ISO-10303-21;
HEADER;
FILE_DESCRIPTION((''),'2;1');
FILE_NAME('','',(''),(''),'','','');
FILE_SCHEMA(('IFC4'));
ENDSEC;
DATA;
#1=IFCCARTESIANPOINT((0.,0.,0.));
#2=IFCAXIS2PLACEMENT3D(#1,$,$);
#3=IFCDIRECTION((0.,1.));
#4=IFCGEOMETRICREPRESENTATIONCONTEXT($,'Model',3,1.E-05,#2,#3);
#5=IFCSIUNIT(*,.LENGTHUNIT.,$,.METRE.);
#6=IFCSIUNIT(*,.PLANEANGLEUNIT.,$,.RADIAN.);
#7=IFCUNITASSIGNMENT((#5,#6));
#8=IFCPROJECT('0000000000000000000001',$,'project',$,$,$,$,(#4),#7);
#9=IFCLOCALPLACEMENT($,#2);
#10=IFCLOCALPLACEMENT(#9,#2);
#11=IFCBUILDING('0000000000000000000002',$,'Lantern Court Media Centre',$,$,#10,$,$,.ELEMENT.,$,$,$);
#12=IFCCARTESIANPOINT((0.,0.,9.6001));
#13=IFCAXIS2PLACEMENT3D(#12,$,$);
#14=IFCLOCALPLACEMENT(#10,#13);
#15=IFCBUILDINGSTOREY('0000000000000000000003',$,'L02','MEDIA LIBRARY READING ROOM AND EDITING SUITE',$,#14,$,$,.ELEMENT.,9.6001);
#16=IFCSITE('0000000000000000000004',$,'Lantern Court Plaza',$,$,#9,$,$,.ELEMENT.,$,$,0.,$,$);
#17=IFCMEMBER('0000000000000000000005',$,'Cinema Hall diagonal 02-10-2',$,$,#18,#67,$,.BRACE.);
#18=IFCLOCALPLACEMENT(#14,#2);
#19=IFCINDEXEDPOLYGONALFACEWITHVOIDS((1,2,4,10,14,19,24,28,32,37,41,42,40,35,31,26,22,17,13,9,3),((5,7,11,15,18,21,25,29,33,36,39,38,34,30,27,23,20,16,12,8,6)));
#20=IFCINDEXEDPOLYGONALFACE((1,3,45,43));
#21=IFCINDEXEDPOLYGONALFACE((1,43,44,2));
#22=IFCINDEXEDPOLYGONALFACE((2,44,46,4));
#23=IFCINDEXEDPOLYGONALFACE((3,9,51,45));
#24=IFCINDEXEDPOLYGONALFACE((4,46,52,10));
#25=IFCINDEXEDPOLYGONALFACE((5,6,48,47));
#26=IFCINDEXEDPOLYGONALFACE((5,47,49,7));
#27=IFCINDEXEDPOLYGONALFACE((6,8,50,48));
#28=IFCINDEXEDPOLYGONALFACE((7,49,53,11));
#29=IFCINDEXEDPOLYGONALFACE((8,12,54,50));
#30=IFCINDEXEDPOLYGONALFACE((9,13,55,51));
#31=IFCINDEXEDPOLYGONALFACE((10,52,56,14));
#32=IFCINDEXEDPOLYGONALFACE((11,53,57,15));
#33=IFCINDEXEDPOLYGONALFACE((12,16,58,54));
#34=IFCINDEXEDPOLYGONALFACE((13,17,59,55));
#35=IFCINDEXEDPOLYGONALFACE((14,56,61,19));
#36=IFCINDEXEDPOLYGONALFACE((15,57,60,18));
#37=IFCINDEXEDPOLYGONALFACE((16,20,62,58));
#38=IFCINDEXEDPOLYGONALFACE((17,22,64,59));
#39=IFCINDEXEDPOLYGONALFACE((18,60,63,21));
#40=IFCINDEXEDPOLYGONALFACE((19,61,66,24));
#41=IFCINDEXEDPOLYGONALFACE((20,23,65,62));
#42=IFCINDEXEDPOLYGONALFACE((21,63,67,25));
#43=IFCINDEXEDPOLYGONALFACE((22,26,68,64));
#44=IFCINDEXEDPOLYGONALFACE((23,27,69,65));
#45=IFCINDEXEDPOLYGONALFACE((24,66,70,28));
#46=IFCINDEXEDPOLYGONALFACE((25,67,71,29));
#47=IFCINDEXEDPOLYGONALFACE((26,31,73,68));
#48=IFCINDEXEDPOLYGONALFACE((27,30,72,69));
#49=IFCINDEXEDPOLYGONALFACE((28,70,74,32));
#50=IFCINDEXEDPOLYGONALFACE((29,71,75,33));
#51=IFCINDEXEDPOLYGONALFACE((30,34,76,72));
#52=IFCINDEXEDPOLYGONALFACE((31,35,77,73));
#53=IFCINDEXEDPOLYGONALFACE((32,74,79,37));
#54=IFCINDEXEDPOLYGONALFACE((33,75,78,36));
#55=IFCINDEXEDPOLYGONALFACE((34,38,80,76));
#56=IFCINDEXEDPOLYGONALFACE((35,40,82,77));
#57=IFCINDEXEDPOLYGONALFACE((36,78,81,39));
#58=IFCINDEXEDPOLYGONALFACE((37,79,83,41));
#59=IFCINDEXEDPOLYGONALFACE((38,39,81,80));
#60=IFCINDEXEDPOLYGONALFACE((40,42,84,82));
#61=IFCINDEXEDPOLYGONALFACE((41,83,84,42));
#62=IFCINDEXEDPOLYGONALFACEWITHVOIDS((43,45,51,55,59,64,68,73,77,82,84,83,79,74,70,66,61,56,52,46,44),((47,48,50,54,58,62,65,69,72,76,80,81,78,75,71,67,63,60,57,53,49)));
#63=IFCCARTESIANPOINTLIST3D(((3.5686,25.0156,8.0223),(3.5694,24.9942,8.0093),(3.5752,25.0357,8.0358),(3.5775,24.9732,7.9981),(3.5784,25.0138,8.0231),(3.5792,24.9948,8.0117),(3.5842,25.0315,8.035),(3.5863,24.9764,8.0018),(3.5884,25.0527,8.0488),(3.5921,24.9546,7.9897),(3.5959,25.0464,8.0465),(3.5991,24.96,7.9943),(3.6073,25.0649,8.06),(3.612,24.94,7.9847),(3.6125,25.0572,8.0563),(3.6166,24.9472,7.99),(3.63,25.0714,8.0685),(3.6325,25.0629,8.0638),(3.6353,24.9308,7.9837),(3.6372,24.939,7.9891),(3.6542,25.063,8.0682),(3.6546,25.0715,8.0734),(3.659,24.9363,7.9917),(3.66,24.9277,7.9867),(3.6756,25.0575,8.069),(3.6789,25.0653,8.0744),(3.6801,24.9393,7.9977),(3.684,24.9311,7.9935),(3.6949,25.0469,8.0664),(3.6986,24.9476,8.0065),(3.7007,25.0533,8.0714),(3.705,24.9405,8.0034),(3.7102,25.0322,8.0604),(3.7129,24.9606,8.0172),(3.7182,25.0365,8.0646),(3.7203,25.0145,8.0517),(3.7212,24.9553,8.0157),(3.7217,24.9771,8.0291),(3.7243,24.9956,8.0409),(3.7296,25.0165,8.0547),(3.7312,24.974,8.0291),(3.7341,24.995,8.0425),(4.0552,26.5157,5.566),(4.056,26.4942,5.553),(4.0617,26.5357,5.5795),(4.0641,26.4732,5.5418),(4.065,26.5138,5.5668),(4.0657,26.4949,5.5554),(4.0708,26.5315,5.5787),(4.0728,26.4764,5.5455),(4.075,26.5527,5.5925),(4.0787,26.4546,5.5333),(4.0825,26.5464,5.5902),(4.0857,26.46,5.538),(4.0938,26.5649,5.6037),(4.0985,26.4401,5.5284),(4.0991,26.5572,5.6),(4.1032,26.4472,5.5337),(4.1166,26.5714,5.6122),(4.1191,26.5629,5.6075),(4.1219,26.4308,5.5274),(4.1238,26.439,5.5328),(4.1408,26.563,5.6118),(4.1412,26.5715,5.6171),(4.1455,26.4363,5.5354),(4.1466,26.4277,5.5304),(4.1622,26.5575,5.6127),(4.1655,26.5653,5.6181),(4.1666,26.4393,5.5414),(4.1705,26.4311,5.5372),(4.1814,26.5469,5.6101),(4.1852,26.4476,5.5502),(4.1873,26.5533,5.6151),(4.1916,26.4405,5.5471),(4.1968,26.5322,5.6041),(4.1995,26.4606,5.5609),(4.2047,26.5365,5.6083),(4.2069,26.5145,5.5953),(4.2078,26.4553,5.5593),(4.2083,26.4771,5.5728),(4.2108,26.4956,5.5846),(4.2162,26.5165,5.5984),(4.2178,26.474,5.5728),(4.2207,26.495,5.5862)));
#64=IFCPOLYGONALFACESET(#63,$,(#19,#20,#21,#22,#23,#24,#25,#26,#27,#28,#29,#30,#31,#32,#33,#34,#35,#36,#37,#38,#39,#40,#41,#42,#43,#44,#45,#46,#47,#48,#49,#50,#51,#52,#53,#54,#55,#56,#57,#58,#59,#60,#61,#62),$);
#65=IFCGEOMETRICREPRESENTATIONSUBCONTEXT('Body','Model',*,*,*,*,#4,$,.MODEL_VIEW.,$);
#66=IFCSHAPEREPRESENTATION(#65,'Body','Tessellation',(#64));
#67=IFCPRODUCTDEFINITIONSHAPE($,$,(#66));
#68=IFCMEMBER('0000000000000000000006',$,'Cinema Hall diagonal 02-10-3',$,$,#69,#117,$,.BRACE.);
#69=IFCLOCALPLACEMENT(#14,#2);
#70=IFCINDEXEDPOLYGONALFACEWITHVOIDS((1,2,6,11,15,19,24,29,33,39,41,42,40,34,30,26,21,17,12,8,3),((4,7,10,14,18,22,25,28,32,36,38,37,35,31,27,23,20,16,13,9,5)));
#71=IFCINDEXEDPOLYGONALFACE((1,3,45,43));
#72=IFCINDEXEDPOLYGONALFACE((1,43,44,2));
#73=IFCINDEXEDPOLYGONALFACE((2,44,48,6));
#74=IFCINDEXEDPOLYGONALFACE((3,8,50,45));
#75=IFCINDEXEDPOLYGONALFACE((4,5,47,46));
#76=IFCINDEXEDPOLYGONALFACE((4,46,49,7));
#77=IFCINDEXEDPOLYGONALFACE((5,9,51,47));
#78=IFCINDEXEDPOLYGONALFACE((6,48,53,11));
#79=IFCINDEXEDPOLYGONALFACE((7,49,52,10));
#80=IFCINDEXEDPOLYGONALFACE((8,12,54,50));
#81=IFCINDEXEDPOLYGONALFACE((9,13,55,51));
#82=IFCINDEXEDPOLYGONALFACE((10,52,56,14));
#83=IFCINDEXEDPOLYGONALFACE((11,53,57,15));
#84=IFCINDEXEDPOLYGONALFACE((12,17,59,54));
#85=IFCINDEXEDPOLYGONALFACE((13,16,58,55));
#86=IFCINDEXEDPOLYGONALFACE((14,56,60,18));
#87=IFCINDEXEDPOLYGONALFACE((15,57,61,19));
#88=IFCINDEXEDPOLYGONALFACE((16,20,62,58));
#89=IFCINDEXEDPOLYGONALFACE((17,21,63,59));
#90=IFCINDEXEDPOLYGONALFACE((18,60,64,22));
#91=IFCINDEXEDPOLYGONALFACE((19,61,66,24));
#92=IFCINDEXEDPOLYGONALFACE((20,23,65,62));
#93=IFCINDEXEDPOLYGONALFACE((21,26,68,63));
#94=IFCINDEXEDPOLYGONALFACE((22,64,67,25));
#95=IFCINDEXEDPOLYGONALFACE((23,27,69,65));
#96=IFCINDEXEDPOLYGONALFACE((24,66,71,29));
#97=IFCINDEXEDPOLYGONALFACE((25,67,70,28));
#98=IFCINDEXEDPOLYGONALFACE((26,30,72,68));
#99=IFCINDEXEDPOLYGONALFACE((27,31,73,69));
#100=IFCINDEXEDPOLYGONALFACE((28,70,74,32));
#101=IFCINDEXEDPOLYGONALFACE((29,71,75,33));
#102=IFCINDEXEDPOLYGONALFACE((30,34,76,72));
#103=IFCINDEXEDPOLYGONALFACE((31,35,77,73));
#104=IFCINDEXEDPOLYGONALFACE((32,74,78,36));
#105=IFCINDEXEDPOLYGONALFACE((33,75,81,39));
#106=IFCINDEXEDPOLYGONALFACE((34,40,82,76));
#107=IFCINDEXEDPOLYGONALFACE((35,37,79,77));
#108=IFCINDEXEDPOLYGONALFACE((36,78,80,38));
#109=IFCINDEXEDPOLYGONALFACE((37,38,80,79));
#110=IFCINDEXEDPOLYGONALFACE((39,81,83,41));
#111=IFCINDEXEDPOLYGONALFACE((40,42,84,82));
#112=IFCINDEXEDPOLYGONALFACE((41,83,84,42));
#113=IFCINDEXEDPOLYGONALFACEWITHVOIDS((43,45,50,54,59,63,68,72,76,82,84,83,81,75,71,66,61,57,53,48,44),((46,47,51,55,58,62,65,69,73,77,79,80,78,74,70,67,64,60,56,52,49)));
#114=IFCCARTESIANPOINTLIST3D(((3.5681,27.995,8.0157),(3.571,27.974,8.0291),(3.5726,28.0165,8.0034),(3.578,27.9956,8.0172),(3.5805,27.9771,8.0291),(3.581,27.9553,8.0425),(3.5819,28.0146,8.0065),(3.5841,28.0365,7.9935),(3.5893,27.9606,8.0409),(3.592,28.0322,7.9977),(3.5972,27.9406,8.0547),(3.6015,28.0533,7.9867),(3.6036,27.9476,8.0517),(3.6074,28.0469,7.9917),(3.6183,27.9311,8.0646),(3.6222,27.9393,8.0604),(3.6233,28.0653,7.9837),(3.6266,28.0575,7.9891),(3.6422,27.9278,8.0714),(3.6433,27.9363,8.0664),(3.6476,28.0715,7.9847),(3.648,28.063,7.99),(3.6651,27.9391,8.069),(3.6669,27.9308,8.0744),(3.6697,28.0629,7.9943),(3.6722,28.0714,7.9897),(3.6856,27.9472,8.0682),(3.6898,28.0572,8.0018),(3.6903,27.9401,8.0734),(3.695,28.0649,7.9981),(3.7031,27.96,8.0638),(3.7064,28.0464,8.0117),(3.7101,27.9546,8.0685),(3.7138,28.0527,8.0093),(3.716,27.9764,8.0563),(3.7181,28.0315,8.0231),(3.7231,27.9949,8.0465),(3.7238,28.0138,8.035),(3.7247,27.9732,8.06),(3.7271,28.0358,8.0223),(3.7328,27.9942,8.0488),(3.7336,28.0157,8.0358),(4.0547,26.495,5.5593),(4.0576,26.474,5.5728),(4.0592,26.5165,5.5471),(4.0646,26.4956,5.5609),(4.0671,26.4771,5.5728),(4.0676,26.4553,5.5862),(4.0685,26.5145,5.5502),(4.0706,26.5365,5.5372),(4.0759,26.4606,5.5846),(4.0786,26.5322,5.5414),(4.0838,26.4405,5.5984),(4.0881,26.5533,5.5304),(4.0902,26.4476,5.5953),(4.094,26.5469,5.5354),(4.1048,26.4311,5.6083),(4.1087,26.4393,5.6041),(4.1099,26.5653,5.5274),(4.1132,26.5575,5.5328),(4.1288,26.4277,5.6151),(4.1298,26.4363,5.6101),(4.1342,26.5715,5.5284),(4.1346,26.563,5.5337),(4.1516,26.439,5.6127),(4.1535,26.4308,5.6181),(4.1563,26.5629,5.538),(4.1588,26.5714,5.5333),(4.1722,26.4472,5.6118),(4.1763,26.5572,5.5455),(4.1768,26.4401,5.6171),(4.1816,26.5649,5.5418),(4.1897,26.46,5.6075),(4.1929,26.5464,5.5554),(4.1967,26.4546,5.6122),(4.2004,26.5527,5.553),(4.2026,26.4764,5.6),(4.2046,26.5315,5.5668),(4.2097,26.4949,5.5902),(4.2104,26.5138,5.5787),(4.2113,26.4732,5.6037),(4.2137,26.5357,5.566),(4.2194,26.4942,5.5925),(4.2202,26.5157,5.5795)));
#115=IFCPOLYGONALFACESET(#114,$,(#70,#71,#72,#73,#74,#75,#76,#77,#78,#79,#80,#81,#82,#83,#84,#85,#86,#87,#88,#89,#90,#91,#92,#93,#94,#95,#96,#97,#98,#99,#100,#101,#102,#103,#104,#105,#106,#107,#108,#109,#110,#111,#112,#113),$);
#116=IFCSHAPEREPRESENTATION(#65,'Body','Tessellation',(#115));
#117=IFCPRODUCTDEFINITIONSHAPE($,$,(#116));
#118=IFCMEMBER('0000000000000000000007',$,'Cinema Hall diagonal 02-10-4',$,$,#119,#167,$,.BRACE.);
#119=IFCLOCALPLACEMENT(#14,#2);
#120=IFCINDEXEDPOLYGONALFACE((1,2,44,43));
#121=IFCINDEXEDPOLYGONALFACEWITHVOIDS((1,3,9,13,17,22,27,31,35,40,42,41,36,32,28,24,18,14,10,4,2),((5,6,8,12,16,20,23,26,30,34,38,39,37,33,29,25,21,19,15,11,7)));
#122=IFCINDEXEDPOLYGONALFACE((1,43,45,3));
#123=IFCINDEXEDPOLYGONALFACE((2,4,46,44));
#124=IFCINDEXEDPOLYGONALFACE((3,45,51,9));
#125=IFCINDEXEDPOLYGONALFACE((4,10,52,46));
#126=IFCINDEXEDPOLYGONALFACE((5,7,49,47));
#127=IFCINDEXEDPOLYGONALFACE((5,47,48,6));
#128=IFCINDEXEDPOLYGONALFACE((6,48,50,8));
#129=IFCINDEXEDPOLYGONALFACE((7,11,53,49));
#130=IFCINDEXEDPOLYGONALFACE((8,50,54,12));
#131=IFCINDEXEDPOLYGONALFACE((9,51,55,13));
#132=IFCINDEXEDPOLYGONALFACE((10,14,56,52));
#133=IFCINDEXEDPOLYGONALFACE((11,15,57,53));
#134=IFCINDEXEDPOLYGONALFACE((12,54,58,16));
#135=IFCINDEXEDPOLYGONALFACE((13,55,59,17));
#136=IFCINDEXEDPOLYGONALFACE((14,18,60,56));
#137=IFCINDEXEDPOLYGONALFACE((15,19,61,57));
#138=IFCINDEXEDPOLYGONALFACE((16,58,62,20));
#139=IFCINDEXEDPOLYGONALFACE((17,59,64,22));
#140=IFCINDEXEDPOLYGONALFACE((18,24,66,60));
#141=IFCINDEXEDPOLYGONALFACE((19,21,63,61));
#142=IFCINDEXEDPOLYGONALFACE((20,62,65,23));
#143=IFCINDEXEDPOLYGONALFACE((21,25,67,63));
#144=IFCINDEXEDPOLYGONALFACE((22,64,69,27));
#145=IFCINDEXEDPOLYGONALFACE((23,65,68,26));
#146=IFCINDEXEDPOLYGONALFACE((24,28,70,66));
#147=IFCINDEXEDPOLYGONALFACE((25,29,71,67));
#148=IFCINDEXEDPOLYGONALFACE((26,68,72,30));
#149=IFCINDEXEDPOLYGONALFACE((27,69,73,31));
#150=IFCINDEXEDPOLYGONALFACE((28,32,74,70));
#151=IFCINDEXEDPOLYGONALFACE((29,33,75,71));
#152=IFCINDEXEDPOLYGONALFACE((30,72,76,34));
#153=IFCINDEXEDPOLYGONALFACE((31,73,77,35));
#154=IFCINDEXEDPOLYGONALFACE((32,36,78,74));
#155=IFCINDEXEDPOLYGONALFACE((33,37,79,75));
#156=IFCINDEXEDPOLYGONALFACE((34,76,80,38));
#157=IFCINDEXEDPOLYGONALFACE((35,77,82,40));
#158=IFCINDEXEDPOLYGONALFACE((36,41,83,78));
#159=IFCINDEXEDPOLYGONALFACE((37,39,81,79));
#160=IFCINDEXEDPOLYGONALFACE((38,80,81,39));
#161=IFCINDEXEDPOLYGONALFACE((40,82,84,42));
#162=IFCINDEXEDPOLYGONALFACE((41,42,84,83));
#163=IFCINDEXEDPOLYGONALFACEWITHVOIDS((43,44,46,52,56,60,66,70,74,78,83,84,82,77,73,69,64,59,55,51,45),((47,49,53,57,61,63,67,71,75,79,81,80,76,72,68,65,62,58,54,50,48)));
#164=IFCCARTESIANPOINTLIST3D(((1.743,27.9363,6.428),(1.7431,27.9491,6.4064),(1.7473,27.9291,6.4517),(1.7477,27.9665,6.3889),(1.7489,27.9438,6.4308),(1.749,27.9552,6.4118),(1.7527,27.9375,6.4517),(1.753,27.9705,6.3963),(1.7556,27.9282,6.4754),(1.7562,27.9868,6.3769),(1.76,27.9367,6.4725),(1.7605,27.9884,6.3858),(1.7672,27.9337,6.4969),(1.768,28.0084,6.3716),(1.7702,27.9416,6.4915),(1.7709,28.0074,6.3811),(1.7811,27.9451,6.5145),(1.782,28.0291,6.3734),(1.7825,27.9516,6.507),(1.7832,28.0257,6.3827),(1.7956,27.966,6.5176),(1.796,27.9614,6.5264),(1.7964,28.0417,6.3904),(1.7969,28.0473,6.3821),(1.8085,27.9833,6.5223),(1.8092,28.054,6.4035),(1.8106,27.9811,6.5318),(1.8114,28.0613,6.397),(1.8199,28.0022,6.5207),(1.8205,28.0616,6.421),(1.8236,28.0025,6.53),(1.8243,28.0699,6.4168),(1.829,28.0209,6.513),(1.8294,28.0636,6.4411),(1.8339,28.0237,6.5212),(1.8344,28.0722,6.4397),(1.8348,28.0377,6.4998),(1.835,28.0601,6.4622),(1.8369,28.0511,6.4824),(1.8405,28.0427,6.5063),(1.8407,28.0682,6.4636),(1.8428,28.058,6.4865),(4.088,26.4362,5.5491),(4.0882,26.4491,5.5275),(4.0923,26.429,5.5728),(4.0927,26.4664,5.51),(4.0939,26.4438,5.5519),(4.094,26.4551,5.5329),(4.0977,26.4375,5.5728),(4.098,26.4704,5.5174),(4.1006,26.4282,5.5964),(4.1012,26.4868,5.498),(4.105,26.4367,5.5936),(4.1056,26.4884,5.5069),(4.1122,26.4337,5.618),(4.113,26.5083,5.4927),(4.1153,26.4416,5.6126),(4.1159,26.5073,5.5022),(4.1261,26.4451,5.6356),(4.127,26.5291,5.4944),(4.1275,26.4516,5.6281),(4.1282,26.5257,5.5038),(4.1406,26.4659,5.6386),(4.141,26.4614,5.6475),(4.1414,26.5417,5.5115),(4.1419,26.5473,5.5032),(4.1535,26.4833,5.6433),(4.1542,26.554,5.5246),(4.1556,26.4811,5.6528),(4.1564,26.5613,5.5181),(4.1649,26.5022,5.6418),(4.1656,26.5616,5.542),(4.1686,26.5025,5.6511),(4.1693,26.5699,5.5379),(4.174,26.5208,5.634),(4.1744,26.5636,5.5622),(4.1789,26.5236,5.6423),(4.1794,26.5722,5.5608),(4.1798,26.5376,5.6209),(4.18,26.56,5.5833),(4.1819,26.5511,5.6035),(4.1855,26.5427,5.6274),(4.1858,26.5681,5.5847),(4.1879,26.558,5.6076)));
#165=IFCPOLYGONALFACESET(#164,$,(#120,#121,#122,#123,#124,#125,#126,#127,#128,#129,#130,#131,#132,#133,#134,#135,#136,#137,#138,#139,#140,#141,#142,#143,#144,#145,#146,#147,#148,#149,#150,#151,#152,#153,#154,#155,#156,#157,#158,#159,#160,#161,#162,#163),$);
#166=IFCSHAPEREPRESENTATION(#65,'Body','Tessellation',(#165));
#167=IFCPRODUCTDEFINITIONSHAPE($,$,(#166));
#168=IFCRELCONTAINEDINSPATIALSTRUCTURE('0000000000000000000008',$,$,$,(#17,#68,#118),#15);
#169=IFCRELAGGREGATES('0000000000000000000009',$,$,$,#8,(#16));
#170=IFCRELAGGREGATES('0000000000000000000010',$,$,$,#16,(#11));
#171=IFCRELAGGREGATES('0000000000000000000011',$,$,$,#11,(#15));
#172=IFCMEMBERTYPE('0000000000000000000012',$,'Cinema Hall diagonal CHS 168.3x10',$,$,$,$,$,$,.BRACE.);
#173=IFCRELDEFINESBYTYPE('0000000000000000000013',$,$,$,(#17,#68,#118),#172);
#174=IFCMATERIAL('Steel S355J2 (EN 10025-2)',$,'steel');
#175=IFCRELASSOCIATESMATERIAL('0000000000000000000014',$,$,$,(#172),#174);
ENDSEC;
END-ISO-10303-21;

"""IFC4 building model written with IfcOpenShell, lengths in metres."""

from ifc_helpers import new_model, si_unit, direction, frame, origin, origin_2d, place, context, subcontext, project, spatial, hollow_circle, extrude, material, material_profile, profile_set, type_object, element, save


model = new_model("IFC4")

# Units and contexts
model_context = context("Model", 3, precision=1e-05, world=origin(), true_north=direction((0.0, 1.0)))
body_context = subcontext(model_context, "Body", "Model", "MODEL_VIEW")
ifc_project = project(units=[si_unit("LENGTHUNIT", "METRE"), si_unit("PLANEANGLEUNIT", "RADIAN")], contexts=[model_context])

# Site, building, storey
site_placement = place(None, origin())
site = spatial("IfcSite", under=ifc_project, at=site_placement, Name="Lantern Court Plaza", CompositionType="ELEMENT", RefElevation=0.0)
building_placement = place(site_placement, origin())
building = spatial("IfcBuilding", under=site, at=building_placement, Name="Lantern Court Media Centre", CompositionType="ELEMENT")
storey_placement = place(building_placement, frame((0.0, 0.0, 9.6001)))
storey = spatial("IfcBuildingStorey", under=building, at=storey_placement, Name="L02", Description="MEDIA LIBRARY READING ROOM AND EDITING SUITE", CompositionType="ELEMENT", Elevation=9.6001)

# Members
ifc_material = material(Name="Steel S355J2 (EN 10025-2)", Category="steel")
ifc_material_profile_1 = material_profile(ifc_material, hollow_circle(Radius=0.0842, WallThickness=0.01, at=origin_2d()), Name="Cinema Hall diagonal CHS 168.3x10")
ifc_profile_set_1 = profile_set([ifc_material_profile_1], Name="Steel S355J2 (EN 10025-2)")
member_type_1 = type_object("IfcMemberType", Name="Cinema Hall diagonal CHS 168.3x10", PredefinedType="BRACE", material=ifc_profile_set_1)
for number, where, z_axis, x_axis, name in (
    (1, (4.1377, 26.5, 5.5728), (-0.166695, -0.513887, 0.841506), (0.951207, -0.308554, 0.0), "Cinema Hall diagonal 02-10-2"),
    (2, (4.1377, 26.5, 5.5728), (-0.166695, 0.513887, 0.841506), (-0.951207, -0.308554, 0.0), "Cinema Hall diagonal 02-10-3"),
):
    element("IfcMember", number, at=place(storey_placement, frame(where, z_axis=z_axis, x_axis=x_axis)), inside=storey, type_object=member_type_1, Name=name, PredefinedType="BRACE", context=body_context, shape_type="SweptSolid", body=[
        extrude(hollow_circle(Radius=0.0842, WallThickness=0.01, at=origin_2d()), origin(), (0.0, 0.0, 1.0), 2.9189),
    ])
member_1_placement = place(storey_placement, frame((4.1377, 26.5, 5.5728), z_axis=(-0.803309, 0.51385, 0.301084), x_axis=(-0.538855, -0.842399, 0.0)))
element("IfcMember", 3, at=member_1_placement, inside=storey, type_object=member_type_1, Name="Cinema Hall diagonal 02-10-4", PredefinedType="BRACE", context=body_context, shape_type="SweptSolid", body=[
    extrude(hollow_circle(Radius=0.0842, WallThickness=0.01, at=origin_2d()), origin(), (0.0, 0.0, 1.0), 2.9192),
])

save(model, "model.ifc")
